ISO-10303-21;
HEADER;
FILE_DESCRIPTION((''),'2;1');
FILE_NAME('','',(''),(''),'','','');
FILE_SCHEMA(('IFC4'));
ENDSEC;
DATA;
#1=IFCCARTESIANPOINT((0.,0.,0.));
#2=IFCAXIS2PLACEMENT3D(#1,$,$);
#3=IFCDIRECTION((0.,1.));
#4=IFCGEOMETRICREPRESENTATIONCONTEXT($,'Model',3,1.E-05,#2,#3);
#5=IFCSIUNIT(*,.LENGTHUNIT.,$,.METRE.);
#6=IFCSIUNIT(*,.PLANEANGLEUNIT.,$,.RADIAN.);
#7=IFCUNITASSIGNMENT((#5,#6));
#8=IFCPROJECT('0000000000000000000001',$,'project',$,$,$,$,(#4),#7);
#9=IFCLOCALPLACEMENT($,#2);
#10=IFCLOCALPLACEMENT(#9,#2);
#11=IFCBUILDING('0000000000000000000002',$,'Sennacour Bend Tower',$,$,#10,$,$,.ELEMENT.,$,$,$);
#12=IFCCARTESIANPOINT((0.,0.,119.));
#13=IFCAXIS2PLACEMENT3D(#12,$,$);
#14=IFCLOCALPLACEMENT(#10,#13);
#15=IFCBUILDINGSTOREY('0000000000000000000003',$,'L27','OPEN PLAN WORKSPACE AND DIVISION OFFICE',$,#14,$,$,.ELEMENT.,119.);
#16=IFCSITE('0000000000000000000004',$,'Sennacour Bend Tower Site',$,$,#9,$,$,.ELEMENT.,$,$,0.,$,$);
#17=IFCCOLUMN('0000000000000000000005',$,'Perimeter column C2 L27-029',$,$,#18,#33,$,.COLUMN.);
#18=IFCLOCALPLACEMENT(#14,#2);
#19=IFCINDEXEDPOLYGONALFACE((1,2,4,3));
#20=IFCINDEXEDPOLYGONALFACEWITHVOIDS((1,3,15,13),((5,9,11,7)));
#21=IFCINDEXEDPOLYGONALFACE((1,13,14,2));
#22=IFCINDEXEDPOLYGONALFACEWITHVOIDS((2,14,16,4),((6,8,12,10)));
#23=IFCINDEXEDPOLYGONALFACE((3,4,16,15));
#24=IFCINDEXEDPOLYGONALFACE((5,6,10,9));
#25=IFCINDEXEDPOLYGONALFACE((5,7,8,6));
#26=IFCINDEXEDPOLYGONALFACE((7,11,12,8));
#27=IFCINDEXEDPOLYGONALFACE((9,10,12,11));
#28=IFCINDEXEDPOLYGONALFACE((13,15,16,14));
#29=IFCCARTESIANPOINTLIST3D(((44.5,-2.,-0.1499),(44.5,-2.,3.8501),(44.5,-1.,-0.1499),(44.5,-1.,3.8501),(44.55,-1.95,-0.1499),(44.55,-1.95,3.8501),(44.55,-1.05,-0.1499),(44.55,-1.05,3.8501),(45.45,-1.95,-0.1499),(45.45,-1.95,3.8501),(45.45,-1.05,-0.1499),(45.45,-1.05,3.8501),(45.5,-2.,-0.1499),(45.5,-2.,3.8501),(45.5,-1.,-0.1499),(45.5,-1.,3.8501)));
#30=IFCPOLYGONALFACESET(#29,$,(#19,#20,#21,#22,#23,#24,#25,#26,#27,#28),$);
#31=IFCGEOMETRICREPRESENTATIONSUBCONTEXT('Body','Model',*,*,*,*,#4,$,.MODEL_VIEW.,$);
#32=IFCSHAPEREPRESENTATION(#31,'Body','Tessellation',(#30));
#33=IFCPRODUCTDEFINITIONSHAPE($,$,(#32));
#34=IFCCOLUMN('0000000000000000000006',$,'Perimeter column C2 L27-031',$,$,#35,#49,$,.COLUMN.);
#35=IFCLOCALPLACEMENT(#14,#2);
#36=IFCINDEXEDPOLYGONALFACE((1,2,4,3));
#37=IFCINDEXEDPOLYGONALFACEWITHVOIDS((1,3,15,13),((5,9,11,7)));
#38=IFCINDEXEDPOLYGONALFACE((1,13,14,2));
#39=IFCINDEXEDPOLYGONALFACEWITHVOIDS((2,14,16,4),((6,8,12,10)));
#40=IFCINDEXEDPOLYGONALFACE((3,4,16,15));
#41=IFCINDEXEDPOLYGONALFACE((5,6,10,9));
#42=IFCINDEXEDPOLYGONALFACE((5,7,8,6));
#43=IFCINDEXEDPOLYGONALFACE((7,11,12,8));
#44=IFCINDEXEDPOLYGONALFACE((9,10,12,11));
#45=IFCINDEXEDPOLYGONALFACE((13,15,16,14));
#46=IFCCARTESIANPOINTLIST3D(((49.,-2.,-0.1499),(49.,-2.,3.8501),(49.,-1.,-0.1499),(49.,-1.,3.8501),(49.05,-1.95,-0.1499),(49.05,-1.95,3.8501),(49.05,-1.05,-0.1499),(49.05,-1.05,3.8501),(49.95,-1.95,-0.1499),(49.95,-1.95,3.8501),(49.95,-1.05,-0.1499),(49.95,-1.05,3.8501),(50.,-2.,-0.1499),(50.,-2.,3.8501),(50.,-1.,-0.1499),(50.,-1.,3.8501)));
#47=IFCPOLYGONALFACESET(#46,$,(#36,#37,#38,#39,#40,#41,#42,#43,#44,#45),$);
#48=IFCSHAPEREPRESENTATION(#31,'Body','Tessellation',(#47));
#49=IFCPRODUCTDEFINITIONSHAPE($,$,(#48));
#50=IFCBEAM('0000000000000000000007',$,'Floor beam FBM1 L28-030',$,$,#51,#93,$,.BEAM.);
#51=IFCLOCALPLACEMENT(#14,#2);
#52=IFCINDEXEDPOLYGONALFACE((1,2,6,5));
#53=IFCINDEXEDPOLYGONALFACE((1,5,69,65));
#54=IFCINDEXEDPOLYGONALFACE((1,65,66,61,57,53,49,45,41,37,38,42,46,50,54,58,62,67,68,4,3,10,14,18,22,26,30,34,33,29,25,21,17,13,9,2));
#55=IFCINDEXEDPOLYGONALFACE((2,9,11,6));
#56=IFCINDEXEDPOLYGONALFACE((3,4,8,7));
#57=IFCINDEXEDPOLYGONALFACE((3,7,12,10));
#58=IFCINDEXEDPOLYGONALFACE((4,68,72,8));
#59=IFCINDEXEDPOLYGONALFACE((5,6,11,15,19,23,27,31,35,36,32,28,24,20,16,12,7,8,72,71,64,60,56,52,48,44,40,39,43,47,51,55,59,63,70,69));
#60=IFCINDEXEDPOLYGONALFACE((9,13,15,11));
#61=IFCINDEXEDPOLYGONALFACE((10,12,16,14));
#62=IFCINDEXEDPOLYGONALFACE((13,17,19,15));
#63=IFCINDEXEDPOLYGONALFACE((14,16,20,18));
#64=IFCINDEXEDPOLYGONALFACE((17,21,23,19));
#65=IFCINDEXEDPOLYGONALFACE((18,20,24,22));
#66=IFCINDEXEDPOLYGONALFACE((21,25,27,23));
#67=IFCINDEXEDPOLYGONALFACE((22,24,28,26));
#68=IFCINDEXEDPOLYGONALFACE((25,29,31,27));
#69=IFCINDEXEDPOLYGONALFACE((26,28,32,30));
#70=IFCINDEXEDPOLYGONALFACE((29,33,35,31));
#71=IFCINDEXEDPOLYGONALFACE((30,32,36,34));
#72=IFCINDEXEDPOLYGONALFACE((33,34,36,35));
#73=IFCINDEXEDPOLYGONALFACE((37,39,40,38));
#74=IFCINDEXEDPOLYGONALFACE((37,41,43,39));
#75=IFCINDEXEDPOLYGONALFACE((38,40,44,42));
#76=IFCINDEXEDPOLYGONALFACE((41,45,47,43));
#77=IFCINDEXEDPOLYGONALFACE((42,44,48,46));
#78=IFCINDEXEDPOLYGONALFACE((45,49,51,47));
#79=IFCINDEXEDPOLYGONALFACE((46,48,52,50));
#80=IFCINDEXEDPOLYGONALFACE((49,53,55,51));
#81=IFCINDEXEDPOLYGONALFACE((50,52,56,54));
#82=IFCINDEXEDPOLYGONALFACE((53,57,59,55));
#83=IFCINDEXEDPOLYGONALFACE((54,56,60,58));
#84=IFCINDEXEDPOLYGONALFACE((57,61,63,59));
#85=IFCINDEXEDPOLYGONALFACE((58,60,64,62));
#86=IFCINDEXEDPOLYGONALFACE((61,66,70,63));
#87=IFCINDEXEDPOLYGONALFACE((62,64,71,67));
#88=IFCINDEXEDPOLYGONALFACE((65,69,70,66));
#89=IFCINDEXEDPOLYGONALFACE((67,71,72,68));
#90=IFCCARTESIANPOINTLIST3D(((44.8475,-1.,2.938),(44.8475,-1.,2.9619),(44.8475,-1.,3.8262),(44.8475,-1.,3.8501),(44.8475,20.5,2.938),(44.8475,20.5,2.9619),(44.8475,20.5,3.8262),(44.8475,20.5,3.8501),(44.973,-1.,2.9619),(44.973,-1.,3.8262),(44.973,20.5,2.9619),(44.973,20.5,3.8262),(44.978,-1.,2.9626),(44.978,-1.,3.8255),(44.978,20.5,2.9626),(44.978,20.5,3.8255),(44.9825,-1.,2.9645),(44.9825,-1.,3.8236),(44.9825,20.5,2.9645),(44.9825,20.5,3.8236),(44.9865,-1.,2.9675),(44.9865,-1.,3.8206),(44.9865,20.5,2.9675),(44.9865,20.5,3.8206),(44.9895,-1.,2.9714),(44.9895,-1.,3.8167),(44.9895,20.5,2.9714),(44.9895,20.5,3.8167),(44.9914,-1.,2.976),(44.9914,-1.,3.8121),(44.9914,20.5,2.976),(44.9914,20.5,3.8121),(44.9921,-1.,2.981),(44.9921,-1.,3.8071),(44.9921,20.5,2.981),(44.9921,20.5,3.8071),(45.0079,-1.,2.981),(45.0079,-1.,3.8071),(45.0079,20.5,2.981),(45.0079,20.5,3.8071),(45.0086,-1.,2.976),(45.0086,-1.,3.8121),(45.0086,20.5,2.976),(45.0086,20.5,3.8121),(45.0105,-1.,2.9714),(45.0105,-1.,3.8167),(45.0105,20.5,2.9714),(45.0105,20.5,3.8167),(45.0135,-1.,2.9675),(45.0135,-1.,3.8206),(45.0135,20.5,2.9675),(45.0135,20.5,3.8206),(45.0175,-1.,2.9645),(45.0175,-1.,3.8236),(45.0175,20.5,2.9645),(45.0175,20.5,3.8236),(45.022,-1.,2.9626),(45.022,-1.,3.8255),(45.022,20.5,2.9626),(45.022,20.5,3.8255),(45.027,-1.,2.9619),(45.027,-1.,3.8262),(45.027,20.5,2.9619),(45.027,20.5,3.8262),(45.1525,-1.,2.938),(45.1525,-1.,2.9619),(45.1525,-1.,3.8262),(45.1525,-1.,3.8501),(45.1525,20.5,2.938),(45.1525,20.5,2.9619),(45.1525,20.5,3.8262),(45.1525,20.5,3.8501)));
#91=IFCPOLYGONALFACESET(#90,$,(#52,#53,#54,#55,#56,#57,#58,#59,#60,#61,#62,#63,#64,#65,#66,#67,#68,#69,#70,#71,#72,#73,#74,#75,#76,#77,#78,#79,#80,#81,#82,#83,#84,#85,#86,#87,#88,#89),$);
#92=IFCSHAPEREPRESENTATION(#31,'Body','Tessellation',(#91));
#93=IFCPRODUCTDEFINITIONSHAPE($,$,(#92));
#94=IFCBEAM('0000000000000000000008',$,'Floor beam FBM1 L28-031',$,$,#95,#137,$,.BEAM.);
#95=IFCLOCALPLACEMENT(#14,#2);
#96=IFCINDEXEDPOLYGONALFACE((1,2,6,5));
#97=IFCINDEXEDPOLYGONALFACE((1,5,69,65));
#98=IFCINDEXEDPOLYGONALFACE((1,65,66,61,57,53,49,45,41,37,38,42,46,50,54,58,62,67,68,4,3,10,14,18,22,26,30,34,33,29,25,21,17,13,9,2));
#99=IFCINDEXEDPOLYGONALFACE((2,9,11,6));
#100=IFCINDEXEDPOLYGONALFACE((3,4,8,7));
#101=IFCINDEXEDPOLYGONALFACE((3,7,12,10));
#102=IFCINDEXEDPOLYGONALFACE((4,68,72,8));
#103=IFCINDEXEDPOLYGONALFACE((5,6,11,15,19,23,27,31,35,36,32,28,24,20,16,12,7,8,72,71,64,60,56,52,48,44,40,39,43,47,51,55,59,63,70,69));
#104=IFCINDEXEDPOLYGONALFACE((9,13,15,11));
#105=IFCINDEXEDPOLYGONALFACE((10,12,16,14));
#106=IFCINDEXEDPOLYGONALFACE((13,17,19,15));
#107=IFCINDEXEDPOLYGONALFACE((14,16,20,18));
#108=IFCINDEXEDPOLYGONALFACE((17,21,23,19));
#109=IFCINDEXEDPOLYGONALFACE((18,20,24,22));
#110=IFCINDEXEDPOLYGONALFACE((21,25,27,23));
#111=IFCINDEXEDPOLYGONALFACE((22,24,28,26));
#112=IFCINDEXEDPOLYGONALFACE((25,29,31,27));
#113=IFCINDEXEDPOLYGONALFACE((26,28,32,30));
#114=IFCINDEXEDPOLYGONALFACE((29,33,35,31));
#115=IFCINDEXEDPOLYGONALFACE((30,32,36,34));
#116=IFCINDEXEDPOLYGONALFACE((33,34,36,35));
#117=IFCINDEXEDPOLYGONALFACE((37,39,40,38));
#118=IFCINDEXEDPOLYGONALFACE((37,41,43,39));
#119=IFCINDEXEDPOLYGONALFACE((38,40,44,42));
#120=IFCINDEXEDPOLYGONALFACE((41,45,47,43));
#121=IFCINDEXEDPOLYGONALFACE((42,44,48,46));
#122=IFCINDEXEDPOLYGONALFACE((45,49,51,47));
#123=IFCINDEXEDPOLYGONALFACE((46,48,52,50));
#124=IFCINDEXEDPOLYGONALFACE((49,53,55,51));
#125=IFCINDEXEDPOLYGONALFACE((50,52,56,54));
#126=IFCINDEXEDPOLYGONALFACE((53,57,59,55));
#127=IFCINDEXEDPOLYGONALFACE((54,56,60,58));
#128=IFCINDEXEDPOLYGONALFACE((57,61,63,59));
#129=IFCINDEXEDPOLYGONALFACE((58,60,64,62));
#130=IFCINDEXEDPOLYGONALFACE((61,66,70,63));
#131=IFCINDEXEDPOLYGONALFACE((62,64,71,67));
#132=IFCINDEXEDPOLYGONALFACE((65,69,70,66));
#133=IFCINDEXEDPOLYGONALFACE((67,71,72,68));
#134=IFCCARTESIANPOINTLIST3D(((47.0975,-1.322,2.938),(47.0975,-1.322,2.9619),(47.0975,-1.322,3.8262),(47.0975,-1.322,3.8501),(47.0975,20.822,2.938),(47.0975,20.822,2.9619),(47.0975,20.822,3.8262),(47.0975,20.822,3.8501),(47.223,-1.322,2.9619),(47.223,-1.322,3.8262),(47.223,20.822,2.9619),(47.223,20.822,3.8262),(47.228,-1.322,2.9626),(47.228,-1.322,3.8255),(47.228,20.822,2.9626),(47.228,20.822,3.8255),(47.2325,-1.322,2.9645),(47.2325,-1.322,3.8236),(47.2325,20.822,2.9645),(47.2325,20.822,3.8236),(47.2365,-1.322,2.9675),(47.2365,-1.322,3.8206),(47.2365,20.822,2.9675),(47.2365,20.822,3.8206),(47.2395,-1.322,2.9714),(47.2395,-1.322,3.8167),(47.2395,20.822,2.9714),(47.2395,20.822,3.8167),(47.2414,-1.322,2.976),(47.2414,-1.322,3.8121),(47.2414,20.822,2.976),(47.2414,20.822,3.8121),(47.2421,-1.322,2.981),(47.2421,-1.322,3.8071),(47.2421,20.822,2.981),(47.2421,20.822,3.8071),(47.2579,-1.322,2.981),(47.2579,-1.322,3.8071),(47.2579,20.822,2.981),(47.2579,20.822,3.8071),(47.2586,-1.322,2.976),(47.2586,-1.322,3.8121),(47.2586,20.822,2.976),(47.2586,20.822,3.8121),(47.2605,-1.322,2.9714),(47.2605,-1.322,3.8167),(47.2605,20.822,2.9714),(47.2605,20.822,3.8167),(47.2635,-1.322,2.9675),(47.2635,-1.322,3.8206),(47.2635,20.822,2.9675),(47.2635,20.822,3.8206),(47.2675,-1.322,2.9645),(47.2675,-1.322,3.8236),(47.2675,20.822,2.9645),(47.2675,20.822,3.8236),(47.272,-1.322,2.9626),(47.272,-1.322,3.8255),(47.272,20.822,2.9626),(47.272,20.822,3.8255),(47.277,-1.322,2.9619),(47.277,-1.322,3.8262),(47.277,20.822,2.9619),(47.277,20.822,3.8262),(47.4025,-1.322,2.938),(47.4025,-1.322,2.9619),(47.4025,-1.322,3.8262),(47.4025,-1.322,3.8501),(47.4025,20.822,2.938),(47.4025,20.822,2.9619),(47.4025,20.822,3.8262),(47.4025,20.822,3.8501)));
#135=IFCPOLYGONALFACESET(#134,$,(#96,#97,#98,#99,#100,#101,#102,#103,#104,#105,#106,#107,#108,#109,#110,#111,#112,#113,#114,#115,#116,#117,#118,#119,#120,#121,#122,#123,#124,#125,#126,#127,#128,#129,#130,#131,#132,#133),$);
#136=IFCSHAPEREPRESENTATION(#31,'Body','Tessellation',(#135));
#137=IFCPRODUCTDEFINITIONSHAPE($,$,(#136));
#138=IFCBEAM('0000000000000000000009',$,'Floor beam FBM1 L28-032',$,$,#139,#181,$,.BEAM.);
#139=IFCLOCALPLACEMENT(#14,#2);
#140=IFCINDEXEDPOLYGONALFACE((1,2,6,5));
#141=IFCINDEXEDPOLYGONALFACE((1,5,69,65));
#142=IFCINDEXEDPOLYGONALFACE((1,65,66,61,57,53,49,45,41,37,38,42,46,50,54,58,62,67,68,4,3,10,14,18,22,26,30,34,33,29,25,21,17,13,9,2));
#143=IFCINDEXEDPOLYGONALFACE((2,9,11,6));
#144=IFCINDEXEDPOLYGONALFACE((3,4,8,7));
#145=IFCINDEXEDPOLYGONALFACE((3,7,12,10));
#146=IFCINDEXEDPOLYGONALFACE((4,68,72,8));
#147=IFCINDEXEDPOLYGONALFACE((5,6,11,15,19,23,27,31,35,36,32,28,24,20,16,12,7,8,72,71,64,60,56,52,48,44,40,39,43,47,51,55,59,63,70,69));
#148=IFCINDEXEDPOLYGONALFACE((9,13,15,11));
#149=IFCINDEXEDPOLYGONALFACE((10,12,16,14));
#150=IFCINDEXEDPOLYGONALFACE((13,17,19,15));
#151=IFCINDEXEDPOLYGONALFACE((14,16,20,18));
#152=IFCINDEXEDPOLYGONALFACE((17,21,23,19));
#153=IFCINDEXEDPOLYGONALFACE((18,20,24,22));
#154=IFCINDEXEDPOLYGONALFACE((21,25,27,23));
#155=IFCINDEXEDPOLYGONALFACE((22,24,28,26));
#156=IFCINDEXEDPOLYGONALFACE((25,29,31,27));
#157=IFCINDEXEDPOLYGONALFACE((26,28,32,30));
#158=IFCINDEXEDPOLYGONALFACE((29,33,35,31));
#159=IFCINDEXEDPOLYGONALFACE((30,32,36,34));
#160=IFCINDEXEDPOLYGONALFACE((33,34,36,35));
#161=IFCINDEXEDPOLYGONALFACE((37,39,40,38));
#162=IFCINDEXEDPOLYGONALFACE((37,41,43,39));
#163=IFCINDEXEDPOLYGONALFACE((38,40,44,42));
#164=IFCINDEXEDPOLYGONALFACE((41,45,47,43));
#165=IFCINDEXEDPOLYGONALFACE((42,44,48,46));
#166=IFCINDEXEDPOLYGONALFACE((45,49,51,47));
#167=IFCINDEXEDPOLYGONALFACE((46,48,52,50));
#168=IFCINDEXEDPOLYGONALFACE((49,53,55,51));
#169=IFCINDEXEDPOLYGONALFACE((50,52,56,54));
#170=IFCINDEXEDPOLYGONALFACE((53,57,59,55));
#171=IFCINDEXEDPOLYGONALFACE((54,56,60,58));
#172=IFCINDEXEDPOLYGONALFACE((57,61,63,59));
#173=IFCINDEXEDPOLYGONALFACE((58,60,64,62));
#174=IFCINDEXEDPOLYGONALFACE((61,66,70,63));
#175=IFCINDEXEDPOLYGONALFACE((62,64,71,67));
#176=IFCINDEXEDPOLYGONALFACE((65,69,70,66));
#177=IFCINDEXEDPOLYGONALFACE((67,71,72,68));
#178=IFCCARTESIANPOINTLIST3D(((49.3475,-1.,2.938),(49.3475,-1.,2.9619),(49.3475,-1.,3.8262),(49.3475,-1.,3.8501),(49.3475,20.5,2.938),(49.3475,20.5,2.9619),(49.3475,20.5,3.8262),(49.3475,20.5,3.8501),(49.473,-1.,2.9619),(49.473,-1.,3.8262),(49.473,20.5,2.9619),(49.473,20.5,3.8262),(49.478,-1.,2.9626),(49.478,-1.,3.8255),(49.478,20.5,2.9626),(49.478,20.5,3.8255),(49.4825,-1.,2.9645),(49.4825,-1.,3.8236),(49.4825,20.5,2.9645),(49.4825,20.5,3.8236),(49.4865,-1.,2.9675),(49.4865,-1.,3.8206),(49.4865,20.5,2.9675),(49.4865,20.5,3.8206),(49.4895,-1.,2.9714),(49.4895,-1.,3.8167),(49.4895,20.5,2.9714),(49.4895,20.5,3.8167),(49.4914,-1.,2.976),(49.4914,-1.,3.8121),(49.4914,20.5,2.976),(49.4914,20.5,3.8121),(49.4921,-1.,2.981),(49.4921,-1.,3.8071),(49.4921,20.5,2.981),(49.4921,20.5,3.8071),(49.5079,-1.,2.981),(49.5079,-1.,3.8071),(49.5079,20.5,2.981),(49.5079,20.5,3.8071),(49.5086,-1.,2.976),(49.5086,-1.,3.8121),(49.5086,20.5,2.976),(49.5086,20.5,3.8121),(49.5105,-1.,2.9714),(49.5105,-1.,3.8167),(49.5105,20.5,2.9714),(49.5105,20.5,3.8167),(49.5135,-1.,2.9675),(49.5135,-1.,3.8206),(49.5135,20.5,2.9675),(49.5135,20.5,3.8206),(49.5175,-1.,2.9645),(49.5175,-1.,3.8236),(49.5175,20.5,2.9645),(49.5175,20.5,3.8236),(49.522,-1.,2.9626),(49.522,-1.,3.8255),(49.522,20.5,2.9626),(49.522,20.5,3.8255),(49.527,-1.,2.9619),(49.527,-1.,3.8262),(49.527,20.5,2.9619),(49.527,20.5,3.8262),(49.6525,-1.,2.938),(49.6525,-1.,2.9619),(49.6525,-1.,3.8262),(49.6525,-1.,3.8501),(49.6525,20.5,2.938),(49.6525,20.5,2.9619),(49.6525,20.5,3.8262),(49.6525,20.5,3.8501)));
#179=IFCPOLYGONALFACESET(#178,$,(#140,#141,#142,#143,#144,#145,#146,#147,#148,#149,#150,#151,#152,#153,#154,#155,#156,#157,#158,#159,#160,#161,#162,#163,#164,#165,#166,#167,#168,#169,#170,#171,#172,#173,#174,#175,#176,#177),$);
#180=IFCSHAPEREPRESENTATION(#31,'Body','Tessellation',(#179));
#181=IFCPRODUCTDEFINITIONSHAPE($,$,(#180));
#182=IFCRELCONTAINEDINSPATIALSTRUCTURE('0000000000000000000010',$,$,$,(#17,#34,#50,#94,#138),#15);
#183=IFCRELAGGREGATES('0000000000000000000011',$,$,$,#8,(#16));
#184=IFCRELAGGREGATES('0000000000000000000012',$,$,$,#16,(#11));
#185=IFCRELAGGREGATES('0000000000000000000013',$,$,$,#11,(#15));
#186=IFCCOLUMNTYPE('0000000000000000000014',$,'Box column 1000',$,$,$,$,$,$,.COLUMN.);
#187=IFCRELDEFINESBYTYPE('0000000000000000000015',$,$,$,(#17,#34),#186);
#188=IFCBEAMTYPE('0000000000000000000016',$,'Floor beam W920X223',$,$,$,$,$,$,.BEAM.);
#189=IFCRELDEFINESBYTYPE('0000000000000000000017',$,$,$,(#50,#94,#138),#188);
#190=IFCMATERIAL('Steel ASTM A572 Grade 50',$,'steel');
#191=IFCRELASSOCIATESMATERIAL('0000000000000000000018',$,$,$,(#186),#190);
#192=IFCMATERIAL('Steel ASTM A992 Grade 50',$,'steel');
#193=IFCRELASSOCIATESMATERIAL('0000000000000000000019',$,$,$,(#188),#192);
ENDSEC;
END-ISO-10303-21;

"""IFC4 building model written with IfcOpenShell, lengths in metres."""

from ifc_helpers import new_model, si_unit, direction, frame, origin, origin_2d, place, context, subcontext, project, spatial, hollow_rectangle, i_section, extrude, material, material_profile, profile_set, type_object, element, save


model = new_model("IFC4")

# Units and contexts
model_context = context("Model", 3, precision=1e-05, world=origin(), true_north=direction((0.0, 1.0)))
body_context = subcontext(model_context, "Body", "Model", "MODEL_VIEW")
ifc_project = project(units=[si_unit("LENGTHUNIT", "METRE"), si_unit("PLANEANGLEUNIT", "RADIAN")], contexts=[model_context])

# Site, building, storey
site_placement = place(None, origin())
site = spatial("IfcSite", under=ifc_project, at=site_placement, Name="Sennacour Bend Tower Site", CompositionType="ELEMENT", RefElevation=0.0)
building_placement = place(site_placement, origin())
building = spatial("IfcBuilding", under=site, at=building_placement, Name="Sennacour Bend Tower", CompositionType="ELEMENT")
storey_placement = place(building_placement, frame((0.0, 0.0, 119.0)))
storey = spatial("IfcBuildingStorey", under=building, at=storey_placement, Name="L27", Description="OPEN PLAN WORKSPACE AND DIVISION OFFICE", CompositionType="ELEMENT", Elevation=119.0)

# Columns
ifc_material_1 = material(Name="Steel ASTM A572 Grade 50", Category="steel")
ifc_material_profile_1 = material_profile(ifc_material_1, hollow_rectangle(XDim=1.0, YDim=1.0, WallThickness=0.05, at=origin_2d()), Name="Steel ASTM A572 Grade 50", Category="steel")
ifc_profile_set_1 = profile_set([ifc_material_profile_1], Name="Steel ASTM A572 Grade 50")
column_type = type_object("IfcColumnType", Name="Box column 1000", PredefinedType="COLUMN", material=ifc_profile_set_1)
for number, where, z_axis, x_axis, name in (
    (1, (45.0, -1.5, -0.1499), (0.0, 0.0, 1.0), (1.0, 0.0, 0.0), "Perimeter column C2 L27-029"),
    (2, (49.5, -1.5, -0.1499), (0.0, 0.0, 1.0), (1.0, 0.0, 0.0), "Perimeter column C2 L27-031"),
):
    element("IfcColumn", number, at=place(storey_placement, frame(where, z_axis=z_axis, x_axis=x_axis)), inside=storey, type_object=column_type, Name=name, PredefinedType="COLUMN", context=body_context, shape_type="SweptSolid", body=[
        extrude(hollow_rectangle(XDim=1.0, YDim=1.0, WallThickness=0.05, at=origin_2d()), origin(), (0.0, 0.0, 1.0), 4.0),
    ])

# Beams
ifc_material_2 = material(Name="Steel ASTM A992 Grade 50", Category="steel")
ifc_material_profile_2 = material_profile(ifc_material_2, i_section(OverallWidth=0.3049, OverallDepth=0.9121, WebThickness=0.0159, FlangeThickness=0.0239, FilletRadius=0.019, at=origin_2d()), Name="Steel ASTM A992 Grade 50", Category="steel")
ifc_profile_set_2 = profile_set([ifc_material_profile_2], Name="Steel ASTM A992 Grade 50")
beam_type_1 = type_object("IfcBeamType", Name="Floor beam W920X223", PredefinedType="BEAM", material=ifc_profile_set_2)
beam_1_placement = place(storey_placement, frame((45.0, -1.0, 3.394), z_axis=(0.0, 1.0, 0.0), x_axis=(-1.0, 0.0, 0.0)))
element("IfcBeam", 3, at=beam_1_placement, inside=storey, type_object=beam_type_1, Name="Floor beam FBM1 L28-030", PredefinedType="BEAM", context=body_context, shape_type="SweptSolid", body=[
    extrude(i_section(OverallWidth=0.3049, OverallDepth=0.9121, WebThickness=0.0159, FlangeThickness=0.0239, FilletRadius=0.019, at=origin_2d()), origin(), (0.0, 0.0, 1.0), 21.5),
])
beam_2_placement = place(storey_placement, frame((47.25, -1.322, 3.394), z_axis=(0.0, 1.0, 0.0), x_axis=(-1.0, 0.0, 0.0)))
element("IfcBeam", 4, at=beam_2_placement, inside=storey, type_object=beam_type_1, Name="Floor beam FBM1 L28-031", PredefinedType="BEAM", context=body_context, shape_type="SweptSolid", body=[
    extrude(i_section(OverallWidth=0.3049, OverallDepth=0.9121, WebThickness=0.0159, FlangeThickness=0.0239, FilletRadius=0.019, at=origin_2d()), origin(), (0.0, 0.0, 1.0), 22.144),
])
beam_3_placement = place(storey_placement, frame((49.5, -1.0, 3.394), z_axis=(0.0, 1.0, 0.0), x_axis=(-1.0, 0.0, 0.0)))
element("IfcBeam", 5, at=beam_3_placement, inside=storey, type_object=beam_type_1, Name="Floor beam FBM1 L28-032", PredefinedType="BEAM", context=body_context, shape_type="SweptSolid", body=[
    extrude(i_section(OverallWidth=0.3049, OverallDepth=0.9121, WebThickness=0.0159, FlangeThickness=0.0239, FilletRadius=0.019, at=origin_2d()), origin(), (0.0, 0.0, 1.0), 21.5),
])

save(model, "model.ifc")
